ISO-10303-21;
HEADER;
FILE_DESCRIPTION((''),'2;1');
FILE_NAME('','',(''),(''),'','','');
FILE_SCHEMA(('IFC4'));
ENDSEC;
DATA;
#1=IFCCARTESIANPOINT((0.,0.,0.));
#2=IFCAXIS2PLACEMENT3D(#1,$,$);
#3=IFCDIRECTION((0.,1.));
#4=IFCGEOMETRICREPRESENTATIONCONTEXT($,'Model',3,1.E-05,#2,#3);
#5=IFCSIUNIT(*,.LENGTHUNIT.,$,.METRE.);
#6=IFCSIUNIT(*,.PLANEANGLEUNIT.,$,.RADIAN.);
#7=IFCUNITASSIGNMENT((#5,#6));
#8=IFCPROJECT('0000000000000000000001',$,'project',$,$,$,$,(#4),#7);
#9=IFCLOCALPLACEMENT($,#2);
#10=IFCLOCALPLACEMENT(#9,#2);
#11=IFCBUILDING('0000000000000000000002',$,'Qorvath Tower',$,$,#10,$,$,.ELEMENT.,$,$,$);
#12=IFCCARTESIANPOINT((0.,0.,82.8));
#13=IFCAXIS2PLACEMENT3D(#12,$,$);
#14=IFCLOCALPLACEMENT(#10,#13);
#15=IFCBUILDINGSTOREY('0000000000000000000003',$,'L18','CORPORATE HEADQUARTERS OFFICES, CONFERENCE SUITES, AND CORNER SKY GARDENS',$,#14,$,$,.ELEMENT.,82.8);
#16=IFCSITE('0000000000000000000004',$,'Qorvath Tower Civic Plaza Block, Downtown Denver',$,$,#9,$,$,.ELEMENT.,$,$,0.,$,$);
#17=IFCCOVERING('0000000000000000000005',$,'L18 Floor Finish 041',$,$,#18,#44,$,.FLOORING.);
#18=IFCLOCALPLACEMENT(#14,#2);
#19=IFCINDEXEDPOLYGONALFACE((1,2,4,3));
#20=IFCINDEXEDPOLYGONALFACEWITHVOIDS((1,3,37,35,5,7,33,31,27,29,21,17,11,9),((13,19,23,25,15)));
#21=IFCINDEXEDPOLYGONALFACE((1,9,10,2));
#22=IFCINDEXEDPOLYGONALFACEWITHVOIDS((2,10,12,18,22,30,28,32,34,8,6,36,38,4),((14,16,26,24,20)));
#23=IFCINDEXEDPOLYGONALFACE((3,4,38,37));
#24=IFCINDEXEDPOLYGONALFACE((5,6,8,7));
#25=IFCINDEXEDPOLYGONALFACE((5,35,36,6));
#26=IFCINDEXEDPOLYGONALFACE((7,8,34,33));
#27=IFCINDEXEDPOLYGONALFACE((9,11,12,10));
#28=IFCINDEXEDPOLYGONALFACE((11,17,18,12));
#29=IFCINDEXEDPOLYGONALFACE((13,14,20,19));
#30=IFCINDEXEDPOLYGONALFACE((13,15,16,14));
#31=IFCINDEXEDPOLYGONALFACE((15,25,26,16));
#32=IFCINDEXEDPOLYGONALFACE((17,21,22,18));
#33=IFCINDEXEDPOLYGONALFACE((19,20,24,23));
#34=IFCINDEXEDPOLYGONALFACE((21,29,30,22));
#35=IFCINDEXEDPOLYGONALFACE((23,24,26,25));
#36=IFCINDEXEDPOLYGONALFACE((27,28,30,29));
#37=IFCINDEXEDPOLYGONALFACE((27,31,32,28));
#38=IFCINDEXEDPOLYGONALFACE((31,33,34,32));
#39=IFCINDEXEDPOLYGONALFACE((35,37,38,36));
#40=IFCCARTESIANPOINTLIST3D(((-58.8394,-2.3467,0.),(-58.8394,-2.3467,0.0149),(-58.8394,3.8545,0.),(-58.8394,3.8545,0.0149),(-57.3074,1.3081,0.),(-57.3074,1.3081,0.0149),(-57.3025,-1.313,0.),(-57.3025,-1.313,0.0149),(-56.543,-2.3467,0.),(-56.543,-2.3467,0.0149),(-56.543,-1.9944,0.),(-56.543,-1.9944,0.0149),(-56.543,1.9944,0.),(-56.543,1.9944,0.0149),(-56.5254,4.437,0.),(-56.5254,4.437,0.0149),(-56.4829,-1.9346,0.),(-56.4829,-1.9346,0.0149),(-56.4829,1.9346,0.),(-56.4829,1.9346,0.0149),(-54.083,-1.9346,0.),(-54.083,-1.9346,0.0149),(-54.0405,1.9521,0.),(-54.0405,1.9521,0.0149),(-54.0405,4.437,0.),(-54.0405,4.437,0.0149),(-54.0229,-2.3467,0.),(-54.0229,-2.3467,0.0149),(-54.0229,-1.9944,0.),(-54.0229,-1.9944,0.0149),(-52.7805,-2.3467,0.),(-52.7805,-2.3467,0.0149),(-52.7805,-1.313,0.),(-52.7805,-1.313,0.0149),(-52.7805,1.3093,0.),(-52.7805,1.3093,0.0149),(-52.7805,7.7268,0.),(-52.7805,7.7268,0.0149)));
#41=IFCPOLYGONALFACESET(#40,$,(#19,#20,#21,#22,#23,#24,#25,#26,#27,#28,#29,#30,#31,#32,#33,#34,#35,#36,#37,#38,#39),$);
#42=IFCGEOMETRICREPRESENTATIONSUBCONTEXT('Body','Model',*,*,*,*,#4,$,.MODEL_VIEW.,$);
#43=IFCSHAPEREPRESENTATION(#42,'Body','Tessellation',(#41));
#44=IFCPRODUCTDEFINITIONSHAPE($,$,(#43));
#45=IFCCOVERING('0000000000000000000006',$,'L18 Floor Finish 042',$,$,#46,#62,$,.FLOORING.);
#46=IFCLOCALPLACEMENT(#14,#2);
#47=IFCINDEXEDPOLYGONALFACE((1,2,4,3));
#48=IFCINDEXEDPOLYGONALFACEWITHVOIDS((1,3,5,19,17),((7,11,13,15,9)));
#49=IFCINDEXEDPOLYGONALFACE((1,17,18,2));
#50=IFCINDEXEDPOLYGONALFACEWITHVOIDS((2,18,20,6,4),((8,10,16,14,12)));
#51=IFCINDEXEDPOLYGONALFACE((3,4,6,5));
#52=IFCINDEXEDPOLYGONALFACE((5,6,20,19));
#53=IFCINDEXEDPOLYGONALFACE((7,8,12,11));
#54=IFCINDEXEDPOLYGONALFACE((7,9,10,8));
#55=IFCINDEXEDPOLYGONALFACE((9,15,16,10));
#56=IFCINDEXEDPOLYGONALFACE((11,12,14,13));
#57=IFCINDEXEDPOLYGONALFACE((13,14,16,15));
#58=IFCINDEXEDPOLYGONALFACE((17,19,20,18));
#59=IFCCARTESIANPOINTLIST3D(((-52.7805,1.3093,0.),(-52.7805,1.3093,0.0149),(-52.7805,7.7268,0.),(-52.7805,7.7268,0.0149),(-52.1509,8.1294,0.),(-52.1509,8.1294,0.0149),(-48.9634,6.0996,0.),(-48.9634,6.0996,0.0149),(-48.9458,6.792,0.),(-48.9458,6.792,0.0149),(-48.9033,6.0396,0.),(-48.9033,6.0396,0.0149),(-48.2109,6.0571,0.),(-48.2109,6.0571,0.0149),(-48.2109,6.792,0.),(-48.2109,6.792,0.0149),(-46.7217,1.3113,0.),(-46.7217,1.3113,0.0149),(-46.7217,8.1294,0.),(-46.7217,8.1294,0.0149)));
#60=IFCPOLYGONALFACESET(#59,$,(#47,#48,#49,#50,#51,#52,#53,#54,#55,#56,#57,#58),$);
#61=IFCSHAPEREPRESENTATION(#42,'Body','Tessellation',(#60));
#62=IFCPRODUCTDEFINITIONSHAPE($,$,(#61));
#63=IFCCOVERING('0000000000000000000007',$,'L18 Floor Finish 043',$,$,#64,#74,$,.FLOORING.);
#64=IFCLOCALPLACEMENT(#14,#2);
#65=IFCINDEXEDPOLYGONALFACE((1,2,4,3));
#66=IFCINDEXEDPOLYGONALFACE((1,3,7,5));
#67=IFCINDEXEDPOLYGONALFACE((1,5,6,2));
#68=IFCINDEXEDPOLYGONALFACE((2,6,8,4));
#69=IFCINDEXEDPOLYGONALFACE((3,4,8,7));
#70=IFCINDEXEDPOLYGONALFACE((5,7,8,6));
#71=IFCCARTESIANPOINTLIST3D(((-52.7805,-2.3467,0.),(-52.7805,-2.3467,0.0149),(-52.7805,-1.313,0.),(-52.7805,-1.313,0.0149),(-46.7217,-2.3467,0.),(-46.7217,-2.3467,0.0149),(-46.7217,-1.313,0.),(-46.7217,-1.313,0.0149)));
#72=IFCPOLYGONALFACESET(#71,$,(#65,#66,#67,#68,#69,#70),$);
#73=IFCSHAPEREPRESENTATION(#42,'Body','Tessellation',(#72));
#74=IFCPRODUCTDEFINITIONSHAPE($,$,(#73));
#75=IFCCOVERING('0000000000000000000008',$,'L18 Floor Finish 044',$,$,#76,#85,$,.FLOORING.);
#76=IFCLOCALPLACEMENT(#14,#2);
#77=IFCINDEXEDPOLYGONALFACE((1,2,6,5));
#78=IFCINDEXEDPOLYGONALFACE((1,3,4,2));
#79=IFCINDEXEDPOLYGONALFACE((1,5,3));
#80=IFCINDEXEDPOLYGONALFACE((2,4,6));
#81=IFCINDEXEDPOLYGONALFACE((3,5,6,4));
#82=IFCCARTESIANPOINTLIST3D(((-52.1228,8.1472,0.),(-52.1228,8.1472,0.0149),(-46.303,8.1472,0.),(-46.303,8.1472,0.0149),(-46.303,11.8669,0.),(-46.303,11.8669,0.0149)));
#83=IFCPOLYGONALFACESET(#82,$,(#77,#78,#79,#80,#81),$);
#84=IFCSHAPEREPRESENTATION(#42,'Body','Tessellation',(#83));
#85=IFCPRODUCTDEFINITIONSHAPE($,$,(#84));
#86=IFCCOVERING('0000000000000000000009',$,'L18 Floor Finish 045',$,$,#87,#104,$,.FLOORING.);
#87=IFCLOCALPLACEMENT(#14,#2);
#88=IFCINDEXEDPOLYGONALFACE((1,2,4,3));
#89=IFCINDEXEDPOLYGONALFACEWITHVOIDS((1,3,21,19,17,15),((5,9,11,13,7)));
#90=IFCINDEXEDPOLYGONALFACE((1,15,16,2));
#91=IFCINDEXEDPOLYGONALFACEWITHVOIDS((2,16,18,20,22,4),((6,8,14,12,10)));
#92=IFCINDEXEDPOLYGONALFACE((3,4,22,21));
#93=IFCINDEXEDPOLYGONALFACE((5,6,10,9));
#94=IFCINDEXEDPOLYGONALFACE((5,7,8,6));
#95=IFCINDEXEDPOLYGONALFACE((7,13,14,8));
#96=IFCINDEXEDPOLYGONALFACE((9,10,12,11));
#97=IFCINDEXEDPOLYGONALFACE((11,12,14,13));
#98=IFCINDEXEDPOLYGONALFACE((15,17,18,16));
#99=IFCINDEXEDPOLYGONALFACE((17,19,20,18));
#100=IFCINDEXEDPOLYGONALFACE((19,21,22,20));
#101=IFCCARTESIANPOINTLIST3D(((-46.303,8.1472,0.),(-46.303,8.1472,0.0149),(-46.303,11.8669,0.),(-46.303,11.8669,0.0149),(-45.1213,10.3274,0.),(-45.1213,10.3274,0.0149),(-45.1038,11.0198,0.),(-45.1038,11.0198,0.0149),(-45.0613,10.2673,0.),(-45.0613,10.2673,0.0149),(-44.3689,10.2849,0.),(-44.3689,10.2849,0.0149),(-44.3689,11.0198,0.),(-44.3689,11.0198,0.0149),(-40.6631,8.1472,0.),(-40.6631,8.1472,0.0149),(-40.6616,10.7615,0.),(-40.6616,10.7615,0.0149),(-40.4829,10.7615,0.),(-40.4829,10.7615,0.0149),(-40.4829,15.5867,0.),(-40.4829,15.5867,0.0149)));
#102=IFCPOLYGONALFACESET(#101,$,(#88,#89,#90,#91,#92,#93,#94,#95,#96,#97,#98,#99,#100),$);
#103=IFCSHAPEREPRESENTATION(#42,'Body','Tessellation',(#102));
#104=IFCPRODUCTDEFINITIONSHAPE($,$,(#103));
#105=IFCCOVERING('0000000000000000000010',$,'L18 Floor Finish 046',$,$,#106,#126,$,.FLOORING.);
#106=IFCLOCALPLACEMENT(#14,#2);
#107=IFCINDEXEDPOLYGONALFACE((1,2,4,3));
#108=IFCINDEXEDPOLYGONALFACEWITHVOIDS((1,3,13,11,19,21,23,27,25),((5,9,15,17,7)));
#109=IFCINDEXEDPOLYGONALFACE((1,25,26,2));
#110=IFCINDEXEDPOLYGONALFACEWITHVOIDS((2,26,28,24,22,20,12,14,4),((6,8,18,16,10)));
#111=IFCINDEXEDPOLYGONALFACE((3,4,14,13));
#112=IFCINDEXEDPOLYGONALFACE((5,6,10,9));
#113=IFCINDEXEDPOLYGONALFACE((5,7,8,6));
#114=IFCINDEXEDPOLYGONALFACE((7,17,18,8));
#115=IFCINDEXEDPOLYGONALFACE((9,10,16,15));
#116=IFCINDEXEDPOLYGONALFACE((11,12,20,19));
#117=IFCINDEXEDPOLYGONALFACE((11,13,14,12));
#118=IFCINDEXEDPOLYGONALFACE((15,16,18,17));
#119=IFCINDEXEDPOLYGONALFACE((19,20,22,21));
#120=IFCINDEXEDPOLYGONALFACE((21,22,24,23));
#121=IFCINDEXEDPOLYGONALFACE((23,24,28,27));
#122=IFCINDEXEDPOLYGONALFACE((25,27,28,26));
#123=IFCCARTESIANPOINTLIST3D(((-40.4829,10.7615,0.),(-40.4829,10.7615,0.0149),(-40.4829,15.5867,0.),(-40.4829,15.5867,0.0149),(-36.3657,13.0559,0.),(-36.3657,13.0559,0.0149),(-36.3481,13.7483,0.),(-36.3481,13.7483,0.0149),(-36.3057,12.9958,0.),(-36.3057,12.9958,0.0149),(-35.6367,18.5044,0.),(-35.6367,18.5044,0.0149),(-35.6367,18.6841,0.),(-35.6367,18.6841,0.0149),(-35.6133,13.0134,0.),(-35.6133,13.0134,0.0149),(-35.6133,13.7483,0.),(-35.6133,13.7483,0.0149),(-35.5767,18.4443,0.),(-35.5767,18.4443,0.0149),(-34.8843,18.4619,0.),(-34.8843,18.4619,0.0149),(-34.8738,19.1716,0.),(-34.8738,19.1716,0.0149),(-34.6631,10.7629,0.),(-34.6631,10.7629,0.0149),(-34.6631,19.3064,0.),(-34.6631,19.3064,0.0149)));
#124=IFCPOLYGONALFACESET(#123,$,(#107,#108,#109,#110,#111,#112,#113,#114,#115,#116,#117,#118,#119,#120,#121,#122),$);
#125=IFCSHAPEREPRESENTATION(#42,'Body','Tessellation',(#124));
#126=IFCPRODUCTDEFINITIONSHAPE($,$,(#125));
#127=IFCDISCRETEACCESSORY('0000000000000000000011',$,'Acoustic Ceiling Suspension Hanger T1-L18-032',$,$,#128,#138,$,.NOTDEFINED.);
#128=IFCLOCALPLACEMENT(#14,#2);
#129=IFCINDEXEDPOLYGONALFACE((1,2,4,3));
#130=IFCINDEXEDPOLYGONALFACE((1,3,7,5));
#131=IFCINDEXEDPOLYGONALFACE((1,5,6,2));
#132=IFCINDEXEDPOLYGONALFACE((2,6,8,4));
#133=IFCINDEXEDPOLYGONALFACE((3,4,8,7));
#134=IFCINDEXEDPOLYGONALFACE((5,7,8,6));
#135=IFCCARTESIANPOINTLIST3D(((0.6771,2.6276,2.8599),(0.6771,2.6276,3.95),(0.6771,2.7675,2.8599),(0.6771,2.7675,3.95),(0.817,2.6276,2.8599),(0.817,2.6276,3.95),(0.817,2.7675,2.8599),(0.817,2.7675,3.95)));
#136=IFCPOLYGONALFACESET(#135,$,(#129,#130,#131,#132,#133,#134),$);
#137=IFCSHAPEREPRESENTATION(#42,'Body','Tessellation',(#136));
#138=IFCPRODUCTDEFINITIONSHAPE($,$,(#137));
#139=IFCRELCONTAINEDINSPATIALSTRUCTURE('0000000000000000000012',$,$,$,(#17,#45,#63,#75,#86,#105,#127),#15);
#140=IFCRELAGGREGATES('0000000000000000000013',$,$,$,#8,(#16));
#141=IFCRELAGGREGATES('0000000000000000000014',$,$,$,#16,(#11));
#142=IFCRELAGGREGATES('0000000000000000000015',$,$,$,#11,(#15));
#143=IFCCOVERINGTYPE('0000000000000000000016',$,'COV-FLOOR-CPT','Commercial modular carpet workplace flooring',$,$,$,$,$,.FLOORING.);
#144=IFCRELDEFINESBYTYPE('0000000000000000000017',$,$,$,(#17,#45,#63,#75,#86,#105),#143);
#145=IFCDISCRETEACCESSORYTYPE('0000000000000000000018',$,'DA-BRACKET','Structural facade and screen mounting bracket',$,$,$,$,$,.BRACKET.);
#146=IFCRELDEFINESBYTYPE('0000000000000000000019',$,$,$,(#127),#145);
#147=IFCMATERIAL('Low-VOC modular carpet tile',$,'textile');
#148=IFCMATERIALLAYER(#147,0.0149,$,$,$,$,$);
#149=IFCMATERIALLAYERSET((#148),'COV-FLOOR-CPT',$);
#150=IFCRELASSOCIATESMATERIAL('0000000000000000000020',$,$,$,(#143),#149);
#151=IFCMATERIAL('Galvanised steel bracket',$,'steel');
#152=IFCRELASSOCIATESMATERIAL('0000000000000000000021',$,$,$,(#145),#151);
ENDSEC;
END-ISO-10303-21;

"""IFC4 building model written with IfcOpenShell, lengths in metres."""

from ifc_helpers import new_model, si_unit, direction, frame, origin, origin_2d, place, context, subcontext, project, spatial, polyline, rectangle, outline, extrude, material, layer, layer_set, type_object, element, save


model = new_model("IFC4")

# Units and contexts
model_context = context("Model", 3, precision=1e-05, world=origin(), true_north=direction((0.0, 1.0)))
body_context = subcontext(model_context, "Body", "Model", "MODEL_VIEW")
ifc_project = project(units=[si_unit("LENGTHUNIT", "METRE"), si_unit("PLANEANGLEUNIT", "RADIAN")], contexts=[model_context])

# Site, building, storey
site_placement = place(None, origin())
site = spatial("IfcSite", under=ifc_project, at=site_placement, Name="Qorvath Tower Civic Plaza Block, Downtown Denver", CompositionType="ELEMENT", RefElevation=0.0)
building_placement = place(site_placement, origin())
building = spatial("IfcBuilding", under=site, at=building_placement, Name="Qorvath Tower", CompositionType="ELEMENT")
storey_placement = place(building_placement, frame((0.0, 0.0, 82.8)))
storey = spatial("IfcBuildingStorey", under=building, at=storey_placement, Name="L18", Description="CORPORATE HEADQUARTERS OFFICES, CONFERENCE SUITES, AND CORNER SKY GARDENS", CompositionType="ELEMENT", Elevation=82.8)

# Coverings
ifc_material_1 = material(Name="Low-VOC modular carpet tile", Category="textile")
ifc_layer_1 = layer(ifc_material_1, 0.0149)
ifc_layer_set_1 = layer_set([ifc_layer_1], Name="COV-FLOOR-CPT")
covering_type_1 = type_object("IfcCoveringType", Name="COV-FLOOR-CPT", Description="Commercial modular carpet workplace flooring", PredefinedType="FLOORING", material=ifc_layer_set_1)
covering_1_placement = place(storey_placement, origin())
element("IfcCovering", 1, at=covering_1_placement, inside=storey, type_object=covering_type_1, Name="L18 Floor Finish 041", PredefinedType="FLOORING", context=body_context, shape_type="SweptSolid", body=[
    extrude(outline(polyline([(-52.7805, 1.3093), (-52.7805, 7.7268), (-58.8394, 3.8545), (-58.8394, -2.3467), (-56.543, -2.3467), (-56.543, -1.9944), (-56.4829, -1.9346), (-54.083, -1.9346), (-54.0229, -1.9944), (-54.0229, -2.3467), (-52.7805, -2.3467), (-52.7805, -1.313), (-57.3025, -1.313), (-57.3074, 1.3081), (-52.7805, 1.3093)]), holes=[polyline([(-56.543, 1.9944), (-56.5254, 4.437), (-54.0405, 4.437), (-54.0405, 1.9521), (-56.4829, 1.9346), (-56.543, 1.9944)])]), origin(), (0.0, 0.0, 1.0), 0.0149),
])
covering_2_placement = place(storey_placement, origin())
element("IfcCovering", 2, at=covering_2_placement, inside=storey, type_object=covering_type_1, Name="L18 Floor Finish 042", PredefinedType="FLOORING", context=body_context, shape_type="SweptSolid", body=[
    extrude(outline(polyline([(-46.7217, 1.3113), (-46.7217, 8.1294), (-52.1509, 8.1294), (-52.7805, 7.7268), (-52.7805, 1.3093), (-46.7217, 1.3113)]), holes=[polyline([(-48.9634, 6.0996), (-48.9458, 6.792), (-48.2109, 6.792), (-48.2109, 6.0571), (-48.9033, 6.0396), (-48.9634, 6.0996)])]), origin(), (0.0, 0.0, 1.0), 0.0149),
])
covering_3_placement = place(storey_placement, origin())
element("IfcCovering", 3, at=covering_3_placement, inside=storey, type_object=covering_type_1, Name="L18 Floor Finish 043", PredefinedType="FLOORING", context=body_context, shape_type="SweptSolid", body=[
    extrude(outline(polyline([(-52.7805, -1.313), (-52.7805, -2.3467), (-46.7217, -2.3467), (-46.7217, -1.313), (-52.7805, -1.313)])), origin(), (0.0, 0.0, 1.0), 0.0149),
])
covering_4_placement = place(storey_placement, origin())
element("IfcCovering", 4, at=covering_4_placement, inside=storey, type_object=covering_type_1, Name="L18 Floor Finish 044", PredefinedType="FLOORING", context=body_context, shape_type="SweptSolid", body=[
    extrude(outline(polyline([(-46.303, 8.1472), (-46.303, 11.8669), (-52.1228, 8.1472), (-46.303, 8.1472)])), origin(), (0.0, 0.0, 1.0), 0.0149),
])
covering_5_placement = place(storey_placement, origin())
element("IfcCovering", 5, at=covering_5_placement, inside=storey, type_object=covering_type_1, Name="L18 Floor Finish 045", PredefinedType="FLOORING", context=body_context, shape_type="SweptSolid", body=[
    extrude(outline(polyline([(-40.4829, 10.7615), (-40.4829, 15.5867), (-46.303, 11.8669), (-46.303, 8.1472), (-40.6631, 8.1472), (-40.6616, 10.7615), (-40.4829, 10.7615)]), holes=[polyline([(-45.1213, 10.3274), (-45.1038, 11.0198), (-44.3689, 11.0198), (-44.3689, 10.2849), (-45.0613, 10.2673), (-45.1213, 10.3274)])]), origin(), (0.0, 0.0, 1.0), 0.0149),
])
covering_6_placement = place(storey_placement, origin())
element("IfcCovering", 6, at=covering_6_placement, inside=storey, type_object=covering_type_1, Name="L18 Floor Finish 046", PredefinedType="FLOORING", context=body_context, shape_type="SweptSolid", body=[
    extrude(outline(polyline([(-34.6631, 10.7629), (-34.6631, 19.3064), (-34.8738, 19.1716), (-34.8843, 18.4619), (-35.5767, 18.4443), (-35.6367, 18.5044), (-35.6367, 18.6841), (-40.4829, 15.5867), (-40.4829, 10.7615), (-34.6631, 10.7629)]), holes=[polyline([(-36.3657, 13.0559), (-36.3481, 13.7483), (-35.6133, 13.7483), (-35.6133, 13.0134), (-36.3057, 12.9958), (-36.3657, 13.0559)])]), origin(), (0.0, 0.0, 1.0), 0.0149),
])

# Discrete accessory
ifc_material_2 = material(Name="Galvanised steel bracket", Category="steel")
discrete_accessory_type = type_object("IfcDiscreteAccessoryType", Name="DA-BRACKET", Description="Structural facade and screen mounting bracket", PredefinedType="BRACKET", material=ifc_material_2)
discrete_accessory_placement = place(storey_placement, frame((0.7471, 2.6975, 2.8599), z_axis=(0.0, 0.0, 1.0), x_axis=(1.0, 0.0, 0.0)))
element("IfcDiscreteAccessory", 7, at=discrete_accessory_placement, inside=storey, type_object=discrete_accessory_type, Name="Acoustic Ceiling Suspension Hanger T1-L18-032", PredefinedType="NOTDEFINED", context=body_context, shape_type="SweptSolid", body=[
    extrude(rectangle(XDim=0.1399, YDim=0.1399, at=origin_2d()), origin(), (0.0, 0.0, 1.0), 1.0901),
])

save(model, "model.ifc")
